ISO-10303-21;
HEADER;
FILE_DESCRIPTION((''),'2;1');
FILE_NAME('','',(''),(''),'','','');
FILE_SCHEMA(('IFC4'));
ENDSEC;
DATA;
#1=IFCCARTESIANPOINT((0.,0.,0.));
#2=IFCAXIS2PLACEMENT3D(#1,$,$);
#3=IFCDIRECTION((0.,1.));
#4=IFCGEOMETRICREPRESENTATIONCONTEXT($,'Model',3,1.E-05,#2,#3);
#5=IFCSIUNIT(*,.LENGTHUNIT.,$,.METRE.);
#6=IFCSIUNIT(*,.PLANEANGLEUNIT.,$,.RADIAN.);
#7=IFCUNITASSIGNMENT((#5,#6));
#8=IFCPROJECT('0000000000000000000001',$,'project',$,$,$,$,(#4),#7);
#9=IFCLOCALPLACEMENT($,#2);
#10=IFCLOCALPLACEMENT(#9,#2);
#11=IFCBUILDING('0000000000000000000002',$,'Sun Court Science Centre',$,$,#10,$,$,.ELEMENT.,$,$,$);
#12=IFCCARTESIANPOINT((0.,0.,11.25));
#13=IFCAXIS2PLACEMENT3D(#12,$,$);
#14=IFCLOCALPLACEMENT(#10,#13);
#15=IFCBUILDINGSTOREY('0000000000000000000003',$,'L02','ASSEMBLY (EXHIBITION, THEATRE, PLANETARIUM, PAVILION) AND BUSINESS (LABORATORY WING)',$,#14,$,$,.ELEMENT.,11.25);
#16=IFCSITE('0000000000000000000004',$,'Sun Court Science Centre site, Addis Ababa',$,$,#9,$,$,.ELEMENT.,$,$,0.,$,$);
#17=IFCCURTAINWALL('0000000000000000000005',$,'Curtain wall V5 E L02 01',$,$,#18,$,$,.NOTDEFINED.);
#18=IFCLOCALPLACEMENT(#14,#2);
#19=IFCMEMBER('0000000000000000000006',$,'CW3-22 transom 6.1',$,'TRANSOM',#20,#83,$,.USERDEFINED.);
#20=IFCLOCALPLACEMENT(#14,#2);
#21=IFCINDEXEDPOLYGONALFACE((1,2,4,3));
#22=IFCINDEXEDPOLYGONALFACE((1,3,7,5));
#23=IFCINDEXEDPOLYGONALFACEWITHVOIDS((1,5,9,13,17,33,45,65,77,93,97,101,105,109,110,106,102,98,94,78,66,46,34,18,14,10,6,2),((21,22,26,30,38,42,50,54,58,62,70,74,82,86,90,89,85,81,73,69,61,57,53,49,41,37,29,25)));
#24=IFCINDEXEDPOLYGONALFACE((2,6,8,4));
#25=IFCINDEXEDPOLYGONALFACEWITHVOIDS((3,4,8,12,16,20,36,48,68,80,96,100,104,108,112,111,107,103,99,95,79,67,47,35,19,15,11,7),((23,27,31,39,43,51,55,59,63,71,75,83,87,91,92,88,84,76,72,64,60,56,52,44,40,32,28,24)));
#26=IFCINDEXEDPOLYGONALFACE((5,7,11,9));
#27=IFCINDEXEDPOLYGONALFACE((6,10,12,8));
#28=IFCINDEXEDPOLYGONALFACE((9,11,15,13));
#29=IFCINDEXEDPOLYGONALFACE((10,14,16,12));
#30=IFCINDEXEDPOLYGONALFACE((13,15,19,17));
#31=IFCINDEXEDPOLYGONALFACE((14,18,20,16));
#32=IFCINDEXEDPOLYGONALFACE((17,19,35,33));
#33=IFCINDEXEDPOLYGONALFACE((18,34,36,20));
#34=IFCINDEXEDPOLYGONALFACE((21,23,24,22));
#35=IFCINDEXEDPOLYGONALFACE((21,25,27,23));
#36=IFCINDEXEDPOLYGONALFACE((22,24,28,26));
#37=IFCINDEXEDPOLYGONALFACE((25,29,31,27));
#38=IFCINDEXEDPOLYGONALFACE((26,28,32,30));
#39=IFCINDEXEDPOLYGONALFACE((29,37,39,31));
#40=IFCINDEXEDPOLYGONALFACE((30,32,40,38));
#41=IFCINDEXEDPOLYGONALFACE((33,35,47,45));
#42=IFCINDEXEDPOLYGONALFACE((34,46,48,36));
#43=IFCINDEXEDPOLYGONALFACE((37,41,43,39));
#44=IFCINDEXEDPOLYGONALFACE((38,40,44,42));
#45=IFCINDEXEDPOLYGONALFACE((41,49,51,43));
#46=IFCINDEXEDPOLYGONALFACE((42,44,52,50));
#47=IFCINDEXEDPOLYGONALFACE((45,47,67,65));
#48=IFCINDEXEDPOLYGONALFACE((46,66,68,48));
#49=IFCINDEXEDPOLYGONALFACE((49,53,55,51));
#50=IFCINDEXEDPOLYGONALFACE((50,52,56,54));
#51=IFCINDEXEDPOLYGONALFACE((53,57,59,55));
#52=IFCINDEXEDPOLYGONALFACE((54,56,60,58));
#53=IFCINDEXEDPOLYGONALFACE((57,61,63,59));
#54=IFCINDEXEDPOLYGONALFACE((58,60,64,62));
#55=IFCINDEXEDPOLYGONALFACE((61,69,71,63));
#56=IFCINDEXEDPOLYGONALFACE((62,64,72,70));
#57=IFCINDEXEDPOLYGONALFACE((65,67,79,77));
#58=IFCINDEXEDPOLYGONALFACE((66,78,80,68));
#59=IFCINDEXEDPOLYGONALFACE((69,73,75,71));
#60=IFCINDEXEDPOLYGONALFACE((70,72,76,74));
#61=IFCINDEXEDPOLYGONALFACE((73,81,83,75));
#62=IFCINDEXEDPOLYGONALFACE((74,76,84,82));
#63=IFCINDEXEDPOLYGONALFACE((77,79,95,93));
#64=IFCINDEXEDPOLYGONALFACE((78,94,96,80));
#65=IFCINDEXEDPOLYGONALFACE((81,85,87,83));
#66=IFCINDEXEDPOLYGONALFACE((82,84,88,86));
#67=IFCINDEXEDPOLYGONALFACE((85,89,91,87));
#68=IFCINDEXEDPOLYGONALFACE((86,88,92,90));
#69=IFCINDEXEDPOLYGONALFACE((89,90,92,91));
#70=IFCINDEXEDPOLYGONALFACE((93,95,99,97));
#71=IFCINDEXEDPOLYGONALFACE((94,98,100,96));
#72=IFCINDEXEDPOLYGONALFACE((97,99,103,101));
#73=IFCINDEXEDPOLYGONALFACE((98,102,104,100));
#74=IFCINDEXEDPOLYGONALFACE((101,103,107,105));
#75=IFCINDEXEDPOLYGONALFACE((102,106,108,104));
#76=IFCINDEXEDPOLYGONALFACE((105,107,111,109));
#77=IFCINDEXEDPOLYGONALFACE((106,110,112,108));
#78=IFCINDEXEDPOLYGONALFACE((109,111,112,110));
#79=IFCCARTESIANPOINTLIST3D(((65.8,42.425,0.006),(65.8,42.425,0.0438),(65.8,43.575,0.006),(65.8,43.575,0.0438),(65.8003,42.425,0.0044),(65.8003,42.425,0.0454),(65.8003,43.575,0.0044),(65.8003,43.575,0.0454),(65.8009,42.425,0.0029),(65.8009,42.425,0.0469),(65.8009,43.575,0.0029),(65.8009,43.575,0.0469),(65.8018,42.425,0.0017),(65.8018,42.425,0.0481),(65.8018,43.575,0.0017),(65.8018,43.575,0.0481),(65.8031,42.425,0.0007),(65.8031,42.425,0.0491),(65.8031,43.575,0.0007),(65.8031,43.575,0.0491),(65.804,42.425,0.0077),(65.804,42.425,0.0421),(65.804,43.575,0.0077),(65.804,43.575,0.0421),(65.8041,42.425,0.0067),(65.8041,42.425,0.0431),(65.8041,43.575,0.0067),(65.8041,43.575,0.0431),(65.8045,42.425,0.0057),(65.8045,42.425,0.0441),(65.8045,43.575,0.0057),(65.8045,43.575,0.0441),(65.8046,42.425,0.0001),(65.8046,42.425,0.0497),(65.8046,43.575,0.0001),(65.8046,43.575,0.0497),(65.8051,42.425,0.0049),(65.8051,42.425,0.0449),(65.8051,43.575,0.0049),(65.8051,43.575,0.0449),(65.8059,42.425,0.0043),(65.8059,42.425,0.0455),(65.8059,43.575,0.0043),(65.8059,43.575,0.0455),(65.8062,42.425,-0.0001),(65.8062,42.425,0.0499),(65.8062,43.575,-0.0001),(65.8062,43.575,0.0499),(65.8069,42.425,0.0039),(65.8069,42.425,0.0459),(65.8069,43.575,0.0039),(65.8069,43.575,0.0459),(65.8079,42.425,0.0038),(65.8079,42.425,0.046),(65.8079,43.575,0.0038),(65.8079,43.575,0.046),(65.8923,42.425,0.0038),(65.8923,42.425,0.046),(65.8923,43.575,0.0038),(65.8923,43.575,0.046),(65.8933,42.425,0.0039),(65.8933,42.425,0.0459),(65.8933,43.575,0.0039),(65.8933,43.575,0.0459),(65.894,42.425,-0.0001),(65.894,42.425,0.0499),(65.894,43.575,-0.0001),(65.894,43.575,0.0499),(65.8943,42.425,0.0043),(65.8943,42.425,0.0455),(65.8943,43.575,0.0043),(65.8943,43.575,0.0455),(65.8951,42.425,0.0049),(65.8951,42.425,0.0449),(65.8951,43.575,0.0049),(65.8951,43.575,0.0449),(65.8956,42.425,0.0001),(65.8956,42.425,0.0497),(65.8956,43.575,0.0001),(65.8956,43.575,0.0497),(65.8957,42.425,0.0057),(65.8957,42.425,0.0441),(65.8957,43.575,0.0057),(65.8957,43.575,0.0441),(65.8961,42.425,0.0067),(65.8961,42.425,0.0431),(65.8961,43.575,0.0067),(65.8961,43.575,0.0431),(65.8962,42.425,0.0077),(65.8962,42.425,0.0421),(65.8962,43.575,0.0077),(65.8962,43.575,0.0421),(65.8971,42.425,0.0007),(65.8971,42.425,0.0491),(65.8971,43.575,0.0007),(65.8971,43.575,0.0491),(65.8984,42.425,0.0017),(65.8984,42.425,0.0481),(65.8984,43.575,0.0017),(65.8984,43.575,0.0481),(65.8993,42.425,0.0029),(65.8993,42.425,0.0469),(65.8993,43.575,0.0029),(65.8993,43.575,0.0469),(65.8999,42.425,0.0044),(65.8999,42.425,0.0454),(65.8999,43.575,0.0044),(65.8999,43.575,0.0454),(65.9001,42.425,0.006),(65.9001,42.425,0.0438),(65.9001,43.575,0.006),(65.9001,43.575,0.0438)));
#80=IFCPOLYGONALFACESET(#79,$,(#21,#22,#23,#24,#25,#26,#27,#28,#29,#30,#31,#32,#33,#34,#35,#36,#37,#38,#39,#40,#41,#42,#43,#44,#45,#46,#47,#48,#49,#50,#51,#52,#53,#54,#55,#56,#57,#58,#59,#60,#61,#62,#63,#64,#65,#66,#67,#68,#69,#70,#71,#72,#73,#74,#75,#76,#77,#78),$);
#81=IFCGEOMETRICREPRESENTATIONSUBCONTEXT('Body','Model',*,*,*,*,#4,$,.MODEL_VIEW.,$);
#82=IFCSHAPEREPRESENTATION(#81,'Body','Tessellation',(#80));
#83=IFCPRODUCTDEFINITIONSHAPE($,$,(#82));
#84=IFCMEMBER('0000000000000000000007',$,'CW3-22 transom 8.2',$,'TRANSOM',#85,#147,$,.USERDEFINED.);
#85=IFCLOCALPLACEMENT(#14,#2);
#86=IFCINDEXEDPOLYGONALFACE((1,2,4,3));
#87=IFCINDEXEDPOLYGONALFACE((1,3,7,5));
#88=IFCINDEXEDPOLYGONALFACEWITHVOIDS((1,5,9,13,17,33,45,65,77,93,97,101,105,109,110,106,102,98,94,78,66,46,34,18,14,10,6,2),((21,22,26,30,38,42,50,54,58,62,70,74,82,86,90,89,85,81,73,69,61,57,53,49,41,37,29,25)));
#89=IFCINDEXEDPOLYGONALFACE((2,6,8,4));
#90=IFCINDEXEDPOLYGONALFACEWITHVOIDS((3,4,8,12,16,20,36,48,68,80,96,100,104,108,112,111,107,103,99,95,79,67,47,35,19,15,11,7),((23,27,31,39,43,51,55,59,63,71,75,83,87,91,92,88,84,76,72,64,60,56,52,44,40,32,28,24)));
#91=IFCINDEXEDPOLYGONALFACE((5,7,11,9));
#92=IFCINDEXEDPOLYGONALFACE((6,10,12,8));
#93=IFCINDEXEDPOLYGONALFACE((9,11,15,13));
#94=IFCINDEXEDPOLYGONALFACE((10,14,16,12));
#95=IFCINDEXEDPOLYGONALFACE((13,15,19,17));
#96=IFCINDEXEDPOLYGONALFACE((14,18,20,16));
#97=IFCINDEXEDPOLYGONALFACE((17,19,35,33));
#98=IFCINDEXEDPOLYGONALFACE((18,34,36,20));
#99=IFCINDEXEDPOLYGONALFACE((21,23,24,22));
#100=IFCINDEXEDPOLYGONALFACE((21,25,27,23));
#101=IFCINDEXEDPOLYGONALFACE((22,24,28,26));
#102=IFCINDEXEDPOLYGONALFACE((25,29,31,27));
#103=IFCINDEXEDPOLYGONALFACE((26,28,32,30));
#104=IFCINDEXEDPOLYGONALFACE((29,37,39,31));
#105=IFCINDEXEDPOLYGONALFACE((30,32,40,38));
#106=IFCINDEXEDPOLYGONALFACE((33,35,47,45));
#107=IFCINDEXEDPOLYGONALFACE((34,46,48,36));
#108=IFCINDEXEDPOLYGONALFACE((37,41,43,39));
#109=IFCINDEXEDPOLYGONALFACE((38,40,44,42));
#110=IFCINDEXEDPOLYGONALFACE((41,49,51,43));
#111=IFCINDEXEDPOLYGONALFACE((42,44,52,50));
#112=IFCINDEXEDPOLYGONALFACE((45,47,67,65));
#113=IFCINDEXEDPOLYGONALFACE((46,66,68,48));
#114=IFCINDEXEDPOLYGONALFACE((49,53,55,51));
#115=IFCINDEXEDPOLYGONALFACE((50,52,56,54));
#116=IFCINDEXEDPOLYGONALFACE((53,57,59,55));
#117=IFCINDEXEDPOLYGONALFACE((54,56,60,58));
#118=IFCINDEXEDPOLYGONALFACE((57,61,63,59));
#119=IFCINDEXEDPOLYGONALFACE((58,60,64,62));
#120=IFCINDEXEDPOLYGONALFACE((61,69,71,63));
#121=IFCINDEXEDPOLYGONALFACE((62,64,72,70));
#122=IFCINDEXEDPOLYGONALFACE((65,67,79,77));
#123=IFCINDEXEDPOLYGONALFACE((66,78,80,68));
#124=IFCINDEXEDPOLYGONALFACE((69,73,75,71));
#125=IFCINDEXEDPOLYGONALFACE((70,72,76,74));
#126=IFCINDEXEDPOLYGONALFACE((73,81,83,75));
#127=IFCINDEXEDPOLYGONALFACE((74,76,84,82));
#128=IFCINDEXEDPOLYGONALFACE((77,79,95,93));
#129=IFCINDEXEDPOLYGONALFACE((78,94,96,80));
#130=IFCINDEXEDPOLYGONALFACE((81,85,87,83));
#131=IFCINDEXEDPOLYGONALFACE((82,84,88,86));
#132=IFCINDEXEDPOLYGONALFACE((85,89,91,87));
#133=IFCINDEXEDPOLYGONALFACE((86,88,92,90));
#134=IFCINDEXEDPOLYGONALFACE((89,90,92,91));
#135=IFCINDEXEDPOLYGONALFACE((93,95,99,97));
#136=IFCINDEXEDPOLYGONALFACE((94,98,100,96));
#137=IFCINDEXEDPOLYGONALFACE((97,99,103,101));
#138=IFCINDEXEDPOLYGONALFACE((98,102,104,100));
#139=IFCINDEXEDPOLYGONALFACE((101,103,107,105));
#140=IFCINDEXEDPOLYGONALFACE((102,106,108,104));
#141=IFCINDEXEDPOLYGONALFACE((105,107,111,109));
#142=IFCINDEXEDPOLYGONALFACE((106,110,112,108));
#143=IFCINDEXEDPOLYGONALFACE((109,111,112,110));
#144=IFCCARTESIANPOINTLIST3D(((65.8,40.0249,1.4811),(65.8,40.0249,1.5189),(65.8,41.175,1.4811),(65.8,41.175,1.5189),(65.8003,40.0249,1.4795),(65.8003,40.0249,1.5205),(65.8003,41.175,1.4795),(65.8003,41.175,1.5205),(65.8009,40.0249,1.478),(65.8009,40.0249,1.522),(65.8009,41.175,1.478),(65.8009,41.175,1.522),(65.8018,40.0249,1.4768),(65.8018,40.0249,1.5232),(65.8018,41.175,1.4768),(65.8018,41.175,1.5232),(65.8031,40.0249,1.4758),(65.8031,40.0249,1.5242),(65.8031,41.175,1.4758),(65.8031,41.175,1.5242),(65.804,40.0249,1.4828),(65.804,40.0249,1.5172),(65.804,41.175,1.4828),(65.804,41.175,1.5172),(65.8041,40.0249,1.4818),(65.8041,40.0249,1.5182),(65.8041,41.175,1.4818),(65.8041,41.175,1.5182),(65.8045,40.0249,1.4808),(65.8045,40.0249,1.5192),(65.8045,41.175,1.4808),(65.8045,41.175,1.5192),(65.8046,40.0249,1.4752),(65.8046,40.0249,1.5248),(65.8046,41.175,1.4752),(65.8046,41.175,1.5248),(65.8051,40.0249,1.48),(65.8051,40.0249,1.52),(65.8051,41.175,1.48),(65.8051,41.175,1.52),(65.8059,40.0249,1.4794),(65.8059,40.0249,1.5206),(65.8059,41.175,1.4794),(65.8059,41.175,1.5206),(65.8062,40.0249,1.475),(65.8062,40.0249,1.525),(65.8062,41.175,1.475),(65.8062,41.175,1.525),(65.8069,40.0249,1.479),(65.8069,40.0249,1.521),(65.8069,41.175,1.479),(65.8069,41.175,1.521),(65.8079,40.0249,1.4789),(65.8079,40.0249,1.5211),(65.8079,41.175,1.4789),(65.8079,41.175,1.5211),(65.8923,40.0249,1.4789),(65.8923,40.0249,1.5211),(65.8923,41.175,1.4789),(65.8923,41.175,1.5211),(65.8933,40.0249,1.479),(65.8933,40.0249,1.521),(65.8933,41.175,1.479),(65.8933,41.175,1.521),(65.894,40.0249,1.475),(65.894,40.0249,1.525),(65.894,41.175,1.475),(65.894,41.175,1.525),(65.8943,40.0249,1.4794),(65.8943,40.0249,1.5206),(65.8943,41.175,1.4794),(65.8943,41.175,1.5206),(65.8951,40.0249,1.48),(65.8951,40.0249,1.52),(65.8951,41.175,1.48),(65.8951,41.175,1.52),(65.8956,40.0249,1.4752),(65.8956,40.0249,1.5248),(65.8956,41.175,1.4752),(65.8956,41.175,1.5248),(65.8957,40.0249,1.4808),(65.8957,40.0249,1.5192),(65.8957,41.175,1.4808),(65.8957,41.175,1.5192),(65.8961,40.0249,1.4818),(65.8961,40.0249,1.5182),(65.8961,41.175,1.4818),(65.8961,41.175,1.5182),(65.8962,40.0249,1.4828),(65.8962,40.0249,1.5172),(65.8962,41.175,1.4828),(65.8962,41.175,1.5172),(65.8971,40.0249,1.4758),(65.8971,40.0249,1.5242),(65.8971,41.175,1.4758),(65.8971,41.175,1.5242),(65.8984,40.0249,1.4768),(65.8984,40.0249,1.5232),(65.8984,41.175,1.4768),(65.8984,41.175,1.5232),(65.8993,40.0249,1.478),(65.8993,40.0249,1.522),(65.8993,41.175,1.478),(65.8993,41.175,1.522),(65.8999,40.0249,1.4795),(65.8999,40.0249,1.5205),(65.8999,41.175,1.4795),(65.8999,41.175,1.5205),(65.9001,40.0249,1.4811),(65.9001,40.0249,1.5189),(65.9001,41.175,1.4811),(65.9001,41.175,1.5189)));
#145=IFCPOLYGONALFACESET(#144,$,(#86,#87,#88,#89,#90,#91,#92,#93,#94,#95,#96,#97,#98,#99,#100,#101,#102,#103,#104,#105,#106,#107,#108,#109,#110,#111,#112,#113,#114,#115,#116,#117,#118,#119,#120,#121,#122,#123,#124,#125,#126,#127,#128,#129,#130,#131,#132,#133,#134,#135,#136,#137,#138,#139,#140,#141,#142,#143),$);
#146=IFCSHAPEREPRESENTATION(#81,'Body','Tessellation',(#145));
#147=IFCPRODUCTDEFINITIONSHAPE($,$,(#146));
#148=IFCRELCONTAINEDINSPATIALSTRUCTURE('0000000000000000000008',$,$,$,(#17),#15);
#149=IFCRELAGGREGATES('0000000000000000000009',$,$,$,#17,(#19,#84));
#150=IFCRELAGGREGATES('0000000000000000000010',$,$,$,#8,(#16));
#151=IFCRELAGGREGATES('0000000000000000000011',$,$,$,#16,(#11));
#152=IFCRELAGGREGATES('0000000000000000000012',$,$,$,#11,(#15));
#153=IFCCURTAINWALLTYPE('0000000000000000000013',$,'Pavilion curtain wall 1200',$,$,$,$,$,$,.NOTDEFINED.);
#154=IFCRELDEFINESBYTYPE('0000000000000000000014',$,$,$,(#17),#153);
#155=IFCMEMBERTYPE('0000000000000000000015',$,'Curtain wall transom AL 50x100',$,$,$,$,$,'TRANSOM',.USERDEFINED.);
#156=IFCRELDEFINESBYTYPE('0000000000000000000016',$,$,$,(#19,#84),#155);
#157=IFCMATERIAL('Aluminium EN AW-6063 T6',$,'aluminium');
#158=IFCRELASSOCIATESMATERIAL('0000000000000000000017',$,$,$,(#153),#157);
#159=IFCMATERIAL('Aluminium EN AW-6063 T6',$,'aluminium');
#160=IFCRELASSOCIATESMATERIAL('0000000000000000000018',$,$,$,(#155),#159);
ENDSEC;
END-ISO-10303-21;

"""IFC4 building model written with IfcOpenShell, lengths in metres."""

from ifc_helpers import new_model, si_unit, direction, frame, origin, origin_2d, place, context, subcontext, project, spatial, hollow_rectangle, extrude, material, material_profile, profile_set, type_object, element, aggregate, save


model = new_model("IFC4")

# Units and contexts
model_context = context("Model", 3, precision=1e-05, world=origin(), true_north=direction((0.0, 1.0)))
body_context = subcontext(model_context, "Body", "Model", "MODEL_VIEW")
ifc_project = project(units=[si_unit("LENGTHUNIT", "METRE"), si_unit("PLANEANGLEUNIT", "RADIAN")], contexts=[model_context])

# Site, building, storey
site_placement = place(None, origin())
site = spatial("IfcSite", under=ifc_project, at=site_placement, Name="Sun Court Science Centre site, Addis Ababa", CompositionType="ELEMENT", RefElevation=0.0)
building_placement = place(site_placement, origin())
building = spatial("IfcBuilding", under=site, at=building_placement, Name="Sun Court Science Centre", CompositionType="ELEMENT")
storey_placement = place(building_placement, frame((0.0, 0.0, 11.25)))
storey = spatial("IfcBuildingStorey", under=building, at=storey_placement, Name="L02", Description="ASSEMBLY (EXHIBITION, THEATRE, PLANETARIUM, PAVILION) AND BUSINESS (LABORATORY WING)", CompositionType="ELEMENT", Elevation=11.25)

# Curtain wall, members
ifc_material_1 = material(Name="Aluminium EN AW-6063 T6", Category="aluminium")
curtain_wall_type = type_object("IfcCurtainWallType", Name="Pavilion curtain wall 1200", PredefinedType="NOTDEFINED", material=ifc_material_1)
curtain_wall_placement = place(storey_placement, origin())
curtain_wall = element("IfcCurtainWall", 1, at=curtain_wall_placement, inside=storey, type_object=curtain_wall_type, Name="Curtain wall V5 E L02 01", PredefinedType="NOTDEFINED")
ifc_material_2 = material(Name="Aluminium EN AW-6063 T6", Category="aluminium")
ifc_material_profile_1 = material_profile(ifc_material_2, hollow_rectangle(XDim=0.05, YDim=0.1001, WallThickness=0.0039, InnerFilletRadius=0.0039, OuterFilletRadius=0.0061, at=origin_2d()), Name="AL 50x100x4")
ifc_profile_set_1 = profile_set([ifc_material_profile_1], Name="Aluminium EN AW-6063 T6")
member_type_1 = type_object("IfcMemberType", Name="Curtain wall transom AL 50x100", ElementType="TRANSOM", PredefinedType="USERDEFINED", material=ifc_profile_set_1)
member_1_placement = place(storey_placement, frame((65.8501, 43.575, 0.0249), z_axis=(0.0, -1.0, 0.0), x_axis=(0.0, 0.0, 1.0)))
member_1 = element("IfcMember", 2, at=member_1_placement, type_object=member_type_1, Name="CW3-22 transom 6.1", ObjectType="TRANSOM", PredefinedType="USERDEFINED", context=body_context, shape_type="SweptSolid", body=[
    extrude(hollow_rectangle(XDim=0.05, YDim=0.1001, WallThickness=0.0039, InnerFilletRadius=0.0039, OuterFilletRadius=0.0061, at=origin_2d()), origin(), (0.0, 0.0, 1.0), 1.1499),
])
member_2_placement = place(storey_placement, frame((65.8501, 41.175, 1.5), z_axis=(0.0, -1.0, 0.0), x_axis=(0.0, 0.0, 1.0)))
member_2 = element("IfcMember", 3, at=member_2_placement, type_object=member_type_1, Name="CW3-22 transom 8.2", ObjectType="TRANSOM", PredefinedType="USERDEFINED", context=body_context, shape_type="SweptSolid", body=[
    extrude(hollow_rectangle(XDim=0.05, YDim=0.1001, WallThickness=0.0039, InnerFilletRadius=0.0039, OuterFilletRadius=0.0061, at=origin_2d()), origin(), (0.0, 0.0, 1.0), 1.1501),
])
aggregate(curtain_wall, [member_1, member_2])

save(model, "model.ifc")
